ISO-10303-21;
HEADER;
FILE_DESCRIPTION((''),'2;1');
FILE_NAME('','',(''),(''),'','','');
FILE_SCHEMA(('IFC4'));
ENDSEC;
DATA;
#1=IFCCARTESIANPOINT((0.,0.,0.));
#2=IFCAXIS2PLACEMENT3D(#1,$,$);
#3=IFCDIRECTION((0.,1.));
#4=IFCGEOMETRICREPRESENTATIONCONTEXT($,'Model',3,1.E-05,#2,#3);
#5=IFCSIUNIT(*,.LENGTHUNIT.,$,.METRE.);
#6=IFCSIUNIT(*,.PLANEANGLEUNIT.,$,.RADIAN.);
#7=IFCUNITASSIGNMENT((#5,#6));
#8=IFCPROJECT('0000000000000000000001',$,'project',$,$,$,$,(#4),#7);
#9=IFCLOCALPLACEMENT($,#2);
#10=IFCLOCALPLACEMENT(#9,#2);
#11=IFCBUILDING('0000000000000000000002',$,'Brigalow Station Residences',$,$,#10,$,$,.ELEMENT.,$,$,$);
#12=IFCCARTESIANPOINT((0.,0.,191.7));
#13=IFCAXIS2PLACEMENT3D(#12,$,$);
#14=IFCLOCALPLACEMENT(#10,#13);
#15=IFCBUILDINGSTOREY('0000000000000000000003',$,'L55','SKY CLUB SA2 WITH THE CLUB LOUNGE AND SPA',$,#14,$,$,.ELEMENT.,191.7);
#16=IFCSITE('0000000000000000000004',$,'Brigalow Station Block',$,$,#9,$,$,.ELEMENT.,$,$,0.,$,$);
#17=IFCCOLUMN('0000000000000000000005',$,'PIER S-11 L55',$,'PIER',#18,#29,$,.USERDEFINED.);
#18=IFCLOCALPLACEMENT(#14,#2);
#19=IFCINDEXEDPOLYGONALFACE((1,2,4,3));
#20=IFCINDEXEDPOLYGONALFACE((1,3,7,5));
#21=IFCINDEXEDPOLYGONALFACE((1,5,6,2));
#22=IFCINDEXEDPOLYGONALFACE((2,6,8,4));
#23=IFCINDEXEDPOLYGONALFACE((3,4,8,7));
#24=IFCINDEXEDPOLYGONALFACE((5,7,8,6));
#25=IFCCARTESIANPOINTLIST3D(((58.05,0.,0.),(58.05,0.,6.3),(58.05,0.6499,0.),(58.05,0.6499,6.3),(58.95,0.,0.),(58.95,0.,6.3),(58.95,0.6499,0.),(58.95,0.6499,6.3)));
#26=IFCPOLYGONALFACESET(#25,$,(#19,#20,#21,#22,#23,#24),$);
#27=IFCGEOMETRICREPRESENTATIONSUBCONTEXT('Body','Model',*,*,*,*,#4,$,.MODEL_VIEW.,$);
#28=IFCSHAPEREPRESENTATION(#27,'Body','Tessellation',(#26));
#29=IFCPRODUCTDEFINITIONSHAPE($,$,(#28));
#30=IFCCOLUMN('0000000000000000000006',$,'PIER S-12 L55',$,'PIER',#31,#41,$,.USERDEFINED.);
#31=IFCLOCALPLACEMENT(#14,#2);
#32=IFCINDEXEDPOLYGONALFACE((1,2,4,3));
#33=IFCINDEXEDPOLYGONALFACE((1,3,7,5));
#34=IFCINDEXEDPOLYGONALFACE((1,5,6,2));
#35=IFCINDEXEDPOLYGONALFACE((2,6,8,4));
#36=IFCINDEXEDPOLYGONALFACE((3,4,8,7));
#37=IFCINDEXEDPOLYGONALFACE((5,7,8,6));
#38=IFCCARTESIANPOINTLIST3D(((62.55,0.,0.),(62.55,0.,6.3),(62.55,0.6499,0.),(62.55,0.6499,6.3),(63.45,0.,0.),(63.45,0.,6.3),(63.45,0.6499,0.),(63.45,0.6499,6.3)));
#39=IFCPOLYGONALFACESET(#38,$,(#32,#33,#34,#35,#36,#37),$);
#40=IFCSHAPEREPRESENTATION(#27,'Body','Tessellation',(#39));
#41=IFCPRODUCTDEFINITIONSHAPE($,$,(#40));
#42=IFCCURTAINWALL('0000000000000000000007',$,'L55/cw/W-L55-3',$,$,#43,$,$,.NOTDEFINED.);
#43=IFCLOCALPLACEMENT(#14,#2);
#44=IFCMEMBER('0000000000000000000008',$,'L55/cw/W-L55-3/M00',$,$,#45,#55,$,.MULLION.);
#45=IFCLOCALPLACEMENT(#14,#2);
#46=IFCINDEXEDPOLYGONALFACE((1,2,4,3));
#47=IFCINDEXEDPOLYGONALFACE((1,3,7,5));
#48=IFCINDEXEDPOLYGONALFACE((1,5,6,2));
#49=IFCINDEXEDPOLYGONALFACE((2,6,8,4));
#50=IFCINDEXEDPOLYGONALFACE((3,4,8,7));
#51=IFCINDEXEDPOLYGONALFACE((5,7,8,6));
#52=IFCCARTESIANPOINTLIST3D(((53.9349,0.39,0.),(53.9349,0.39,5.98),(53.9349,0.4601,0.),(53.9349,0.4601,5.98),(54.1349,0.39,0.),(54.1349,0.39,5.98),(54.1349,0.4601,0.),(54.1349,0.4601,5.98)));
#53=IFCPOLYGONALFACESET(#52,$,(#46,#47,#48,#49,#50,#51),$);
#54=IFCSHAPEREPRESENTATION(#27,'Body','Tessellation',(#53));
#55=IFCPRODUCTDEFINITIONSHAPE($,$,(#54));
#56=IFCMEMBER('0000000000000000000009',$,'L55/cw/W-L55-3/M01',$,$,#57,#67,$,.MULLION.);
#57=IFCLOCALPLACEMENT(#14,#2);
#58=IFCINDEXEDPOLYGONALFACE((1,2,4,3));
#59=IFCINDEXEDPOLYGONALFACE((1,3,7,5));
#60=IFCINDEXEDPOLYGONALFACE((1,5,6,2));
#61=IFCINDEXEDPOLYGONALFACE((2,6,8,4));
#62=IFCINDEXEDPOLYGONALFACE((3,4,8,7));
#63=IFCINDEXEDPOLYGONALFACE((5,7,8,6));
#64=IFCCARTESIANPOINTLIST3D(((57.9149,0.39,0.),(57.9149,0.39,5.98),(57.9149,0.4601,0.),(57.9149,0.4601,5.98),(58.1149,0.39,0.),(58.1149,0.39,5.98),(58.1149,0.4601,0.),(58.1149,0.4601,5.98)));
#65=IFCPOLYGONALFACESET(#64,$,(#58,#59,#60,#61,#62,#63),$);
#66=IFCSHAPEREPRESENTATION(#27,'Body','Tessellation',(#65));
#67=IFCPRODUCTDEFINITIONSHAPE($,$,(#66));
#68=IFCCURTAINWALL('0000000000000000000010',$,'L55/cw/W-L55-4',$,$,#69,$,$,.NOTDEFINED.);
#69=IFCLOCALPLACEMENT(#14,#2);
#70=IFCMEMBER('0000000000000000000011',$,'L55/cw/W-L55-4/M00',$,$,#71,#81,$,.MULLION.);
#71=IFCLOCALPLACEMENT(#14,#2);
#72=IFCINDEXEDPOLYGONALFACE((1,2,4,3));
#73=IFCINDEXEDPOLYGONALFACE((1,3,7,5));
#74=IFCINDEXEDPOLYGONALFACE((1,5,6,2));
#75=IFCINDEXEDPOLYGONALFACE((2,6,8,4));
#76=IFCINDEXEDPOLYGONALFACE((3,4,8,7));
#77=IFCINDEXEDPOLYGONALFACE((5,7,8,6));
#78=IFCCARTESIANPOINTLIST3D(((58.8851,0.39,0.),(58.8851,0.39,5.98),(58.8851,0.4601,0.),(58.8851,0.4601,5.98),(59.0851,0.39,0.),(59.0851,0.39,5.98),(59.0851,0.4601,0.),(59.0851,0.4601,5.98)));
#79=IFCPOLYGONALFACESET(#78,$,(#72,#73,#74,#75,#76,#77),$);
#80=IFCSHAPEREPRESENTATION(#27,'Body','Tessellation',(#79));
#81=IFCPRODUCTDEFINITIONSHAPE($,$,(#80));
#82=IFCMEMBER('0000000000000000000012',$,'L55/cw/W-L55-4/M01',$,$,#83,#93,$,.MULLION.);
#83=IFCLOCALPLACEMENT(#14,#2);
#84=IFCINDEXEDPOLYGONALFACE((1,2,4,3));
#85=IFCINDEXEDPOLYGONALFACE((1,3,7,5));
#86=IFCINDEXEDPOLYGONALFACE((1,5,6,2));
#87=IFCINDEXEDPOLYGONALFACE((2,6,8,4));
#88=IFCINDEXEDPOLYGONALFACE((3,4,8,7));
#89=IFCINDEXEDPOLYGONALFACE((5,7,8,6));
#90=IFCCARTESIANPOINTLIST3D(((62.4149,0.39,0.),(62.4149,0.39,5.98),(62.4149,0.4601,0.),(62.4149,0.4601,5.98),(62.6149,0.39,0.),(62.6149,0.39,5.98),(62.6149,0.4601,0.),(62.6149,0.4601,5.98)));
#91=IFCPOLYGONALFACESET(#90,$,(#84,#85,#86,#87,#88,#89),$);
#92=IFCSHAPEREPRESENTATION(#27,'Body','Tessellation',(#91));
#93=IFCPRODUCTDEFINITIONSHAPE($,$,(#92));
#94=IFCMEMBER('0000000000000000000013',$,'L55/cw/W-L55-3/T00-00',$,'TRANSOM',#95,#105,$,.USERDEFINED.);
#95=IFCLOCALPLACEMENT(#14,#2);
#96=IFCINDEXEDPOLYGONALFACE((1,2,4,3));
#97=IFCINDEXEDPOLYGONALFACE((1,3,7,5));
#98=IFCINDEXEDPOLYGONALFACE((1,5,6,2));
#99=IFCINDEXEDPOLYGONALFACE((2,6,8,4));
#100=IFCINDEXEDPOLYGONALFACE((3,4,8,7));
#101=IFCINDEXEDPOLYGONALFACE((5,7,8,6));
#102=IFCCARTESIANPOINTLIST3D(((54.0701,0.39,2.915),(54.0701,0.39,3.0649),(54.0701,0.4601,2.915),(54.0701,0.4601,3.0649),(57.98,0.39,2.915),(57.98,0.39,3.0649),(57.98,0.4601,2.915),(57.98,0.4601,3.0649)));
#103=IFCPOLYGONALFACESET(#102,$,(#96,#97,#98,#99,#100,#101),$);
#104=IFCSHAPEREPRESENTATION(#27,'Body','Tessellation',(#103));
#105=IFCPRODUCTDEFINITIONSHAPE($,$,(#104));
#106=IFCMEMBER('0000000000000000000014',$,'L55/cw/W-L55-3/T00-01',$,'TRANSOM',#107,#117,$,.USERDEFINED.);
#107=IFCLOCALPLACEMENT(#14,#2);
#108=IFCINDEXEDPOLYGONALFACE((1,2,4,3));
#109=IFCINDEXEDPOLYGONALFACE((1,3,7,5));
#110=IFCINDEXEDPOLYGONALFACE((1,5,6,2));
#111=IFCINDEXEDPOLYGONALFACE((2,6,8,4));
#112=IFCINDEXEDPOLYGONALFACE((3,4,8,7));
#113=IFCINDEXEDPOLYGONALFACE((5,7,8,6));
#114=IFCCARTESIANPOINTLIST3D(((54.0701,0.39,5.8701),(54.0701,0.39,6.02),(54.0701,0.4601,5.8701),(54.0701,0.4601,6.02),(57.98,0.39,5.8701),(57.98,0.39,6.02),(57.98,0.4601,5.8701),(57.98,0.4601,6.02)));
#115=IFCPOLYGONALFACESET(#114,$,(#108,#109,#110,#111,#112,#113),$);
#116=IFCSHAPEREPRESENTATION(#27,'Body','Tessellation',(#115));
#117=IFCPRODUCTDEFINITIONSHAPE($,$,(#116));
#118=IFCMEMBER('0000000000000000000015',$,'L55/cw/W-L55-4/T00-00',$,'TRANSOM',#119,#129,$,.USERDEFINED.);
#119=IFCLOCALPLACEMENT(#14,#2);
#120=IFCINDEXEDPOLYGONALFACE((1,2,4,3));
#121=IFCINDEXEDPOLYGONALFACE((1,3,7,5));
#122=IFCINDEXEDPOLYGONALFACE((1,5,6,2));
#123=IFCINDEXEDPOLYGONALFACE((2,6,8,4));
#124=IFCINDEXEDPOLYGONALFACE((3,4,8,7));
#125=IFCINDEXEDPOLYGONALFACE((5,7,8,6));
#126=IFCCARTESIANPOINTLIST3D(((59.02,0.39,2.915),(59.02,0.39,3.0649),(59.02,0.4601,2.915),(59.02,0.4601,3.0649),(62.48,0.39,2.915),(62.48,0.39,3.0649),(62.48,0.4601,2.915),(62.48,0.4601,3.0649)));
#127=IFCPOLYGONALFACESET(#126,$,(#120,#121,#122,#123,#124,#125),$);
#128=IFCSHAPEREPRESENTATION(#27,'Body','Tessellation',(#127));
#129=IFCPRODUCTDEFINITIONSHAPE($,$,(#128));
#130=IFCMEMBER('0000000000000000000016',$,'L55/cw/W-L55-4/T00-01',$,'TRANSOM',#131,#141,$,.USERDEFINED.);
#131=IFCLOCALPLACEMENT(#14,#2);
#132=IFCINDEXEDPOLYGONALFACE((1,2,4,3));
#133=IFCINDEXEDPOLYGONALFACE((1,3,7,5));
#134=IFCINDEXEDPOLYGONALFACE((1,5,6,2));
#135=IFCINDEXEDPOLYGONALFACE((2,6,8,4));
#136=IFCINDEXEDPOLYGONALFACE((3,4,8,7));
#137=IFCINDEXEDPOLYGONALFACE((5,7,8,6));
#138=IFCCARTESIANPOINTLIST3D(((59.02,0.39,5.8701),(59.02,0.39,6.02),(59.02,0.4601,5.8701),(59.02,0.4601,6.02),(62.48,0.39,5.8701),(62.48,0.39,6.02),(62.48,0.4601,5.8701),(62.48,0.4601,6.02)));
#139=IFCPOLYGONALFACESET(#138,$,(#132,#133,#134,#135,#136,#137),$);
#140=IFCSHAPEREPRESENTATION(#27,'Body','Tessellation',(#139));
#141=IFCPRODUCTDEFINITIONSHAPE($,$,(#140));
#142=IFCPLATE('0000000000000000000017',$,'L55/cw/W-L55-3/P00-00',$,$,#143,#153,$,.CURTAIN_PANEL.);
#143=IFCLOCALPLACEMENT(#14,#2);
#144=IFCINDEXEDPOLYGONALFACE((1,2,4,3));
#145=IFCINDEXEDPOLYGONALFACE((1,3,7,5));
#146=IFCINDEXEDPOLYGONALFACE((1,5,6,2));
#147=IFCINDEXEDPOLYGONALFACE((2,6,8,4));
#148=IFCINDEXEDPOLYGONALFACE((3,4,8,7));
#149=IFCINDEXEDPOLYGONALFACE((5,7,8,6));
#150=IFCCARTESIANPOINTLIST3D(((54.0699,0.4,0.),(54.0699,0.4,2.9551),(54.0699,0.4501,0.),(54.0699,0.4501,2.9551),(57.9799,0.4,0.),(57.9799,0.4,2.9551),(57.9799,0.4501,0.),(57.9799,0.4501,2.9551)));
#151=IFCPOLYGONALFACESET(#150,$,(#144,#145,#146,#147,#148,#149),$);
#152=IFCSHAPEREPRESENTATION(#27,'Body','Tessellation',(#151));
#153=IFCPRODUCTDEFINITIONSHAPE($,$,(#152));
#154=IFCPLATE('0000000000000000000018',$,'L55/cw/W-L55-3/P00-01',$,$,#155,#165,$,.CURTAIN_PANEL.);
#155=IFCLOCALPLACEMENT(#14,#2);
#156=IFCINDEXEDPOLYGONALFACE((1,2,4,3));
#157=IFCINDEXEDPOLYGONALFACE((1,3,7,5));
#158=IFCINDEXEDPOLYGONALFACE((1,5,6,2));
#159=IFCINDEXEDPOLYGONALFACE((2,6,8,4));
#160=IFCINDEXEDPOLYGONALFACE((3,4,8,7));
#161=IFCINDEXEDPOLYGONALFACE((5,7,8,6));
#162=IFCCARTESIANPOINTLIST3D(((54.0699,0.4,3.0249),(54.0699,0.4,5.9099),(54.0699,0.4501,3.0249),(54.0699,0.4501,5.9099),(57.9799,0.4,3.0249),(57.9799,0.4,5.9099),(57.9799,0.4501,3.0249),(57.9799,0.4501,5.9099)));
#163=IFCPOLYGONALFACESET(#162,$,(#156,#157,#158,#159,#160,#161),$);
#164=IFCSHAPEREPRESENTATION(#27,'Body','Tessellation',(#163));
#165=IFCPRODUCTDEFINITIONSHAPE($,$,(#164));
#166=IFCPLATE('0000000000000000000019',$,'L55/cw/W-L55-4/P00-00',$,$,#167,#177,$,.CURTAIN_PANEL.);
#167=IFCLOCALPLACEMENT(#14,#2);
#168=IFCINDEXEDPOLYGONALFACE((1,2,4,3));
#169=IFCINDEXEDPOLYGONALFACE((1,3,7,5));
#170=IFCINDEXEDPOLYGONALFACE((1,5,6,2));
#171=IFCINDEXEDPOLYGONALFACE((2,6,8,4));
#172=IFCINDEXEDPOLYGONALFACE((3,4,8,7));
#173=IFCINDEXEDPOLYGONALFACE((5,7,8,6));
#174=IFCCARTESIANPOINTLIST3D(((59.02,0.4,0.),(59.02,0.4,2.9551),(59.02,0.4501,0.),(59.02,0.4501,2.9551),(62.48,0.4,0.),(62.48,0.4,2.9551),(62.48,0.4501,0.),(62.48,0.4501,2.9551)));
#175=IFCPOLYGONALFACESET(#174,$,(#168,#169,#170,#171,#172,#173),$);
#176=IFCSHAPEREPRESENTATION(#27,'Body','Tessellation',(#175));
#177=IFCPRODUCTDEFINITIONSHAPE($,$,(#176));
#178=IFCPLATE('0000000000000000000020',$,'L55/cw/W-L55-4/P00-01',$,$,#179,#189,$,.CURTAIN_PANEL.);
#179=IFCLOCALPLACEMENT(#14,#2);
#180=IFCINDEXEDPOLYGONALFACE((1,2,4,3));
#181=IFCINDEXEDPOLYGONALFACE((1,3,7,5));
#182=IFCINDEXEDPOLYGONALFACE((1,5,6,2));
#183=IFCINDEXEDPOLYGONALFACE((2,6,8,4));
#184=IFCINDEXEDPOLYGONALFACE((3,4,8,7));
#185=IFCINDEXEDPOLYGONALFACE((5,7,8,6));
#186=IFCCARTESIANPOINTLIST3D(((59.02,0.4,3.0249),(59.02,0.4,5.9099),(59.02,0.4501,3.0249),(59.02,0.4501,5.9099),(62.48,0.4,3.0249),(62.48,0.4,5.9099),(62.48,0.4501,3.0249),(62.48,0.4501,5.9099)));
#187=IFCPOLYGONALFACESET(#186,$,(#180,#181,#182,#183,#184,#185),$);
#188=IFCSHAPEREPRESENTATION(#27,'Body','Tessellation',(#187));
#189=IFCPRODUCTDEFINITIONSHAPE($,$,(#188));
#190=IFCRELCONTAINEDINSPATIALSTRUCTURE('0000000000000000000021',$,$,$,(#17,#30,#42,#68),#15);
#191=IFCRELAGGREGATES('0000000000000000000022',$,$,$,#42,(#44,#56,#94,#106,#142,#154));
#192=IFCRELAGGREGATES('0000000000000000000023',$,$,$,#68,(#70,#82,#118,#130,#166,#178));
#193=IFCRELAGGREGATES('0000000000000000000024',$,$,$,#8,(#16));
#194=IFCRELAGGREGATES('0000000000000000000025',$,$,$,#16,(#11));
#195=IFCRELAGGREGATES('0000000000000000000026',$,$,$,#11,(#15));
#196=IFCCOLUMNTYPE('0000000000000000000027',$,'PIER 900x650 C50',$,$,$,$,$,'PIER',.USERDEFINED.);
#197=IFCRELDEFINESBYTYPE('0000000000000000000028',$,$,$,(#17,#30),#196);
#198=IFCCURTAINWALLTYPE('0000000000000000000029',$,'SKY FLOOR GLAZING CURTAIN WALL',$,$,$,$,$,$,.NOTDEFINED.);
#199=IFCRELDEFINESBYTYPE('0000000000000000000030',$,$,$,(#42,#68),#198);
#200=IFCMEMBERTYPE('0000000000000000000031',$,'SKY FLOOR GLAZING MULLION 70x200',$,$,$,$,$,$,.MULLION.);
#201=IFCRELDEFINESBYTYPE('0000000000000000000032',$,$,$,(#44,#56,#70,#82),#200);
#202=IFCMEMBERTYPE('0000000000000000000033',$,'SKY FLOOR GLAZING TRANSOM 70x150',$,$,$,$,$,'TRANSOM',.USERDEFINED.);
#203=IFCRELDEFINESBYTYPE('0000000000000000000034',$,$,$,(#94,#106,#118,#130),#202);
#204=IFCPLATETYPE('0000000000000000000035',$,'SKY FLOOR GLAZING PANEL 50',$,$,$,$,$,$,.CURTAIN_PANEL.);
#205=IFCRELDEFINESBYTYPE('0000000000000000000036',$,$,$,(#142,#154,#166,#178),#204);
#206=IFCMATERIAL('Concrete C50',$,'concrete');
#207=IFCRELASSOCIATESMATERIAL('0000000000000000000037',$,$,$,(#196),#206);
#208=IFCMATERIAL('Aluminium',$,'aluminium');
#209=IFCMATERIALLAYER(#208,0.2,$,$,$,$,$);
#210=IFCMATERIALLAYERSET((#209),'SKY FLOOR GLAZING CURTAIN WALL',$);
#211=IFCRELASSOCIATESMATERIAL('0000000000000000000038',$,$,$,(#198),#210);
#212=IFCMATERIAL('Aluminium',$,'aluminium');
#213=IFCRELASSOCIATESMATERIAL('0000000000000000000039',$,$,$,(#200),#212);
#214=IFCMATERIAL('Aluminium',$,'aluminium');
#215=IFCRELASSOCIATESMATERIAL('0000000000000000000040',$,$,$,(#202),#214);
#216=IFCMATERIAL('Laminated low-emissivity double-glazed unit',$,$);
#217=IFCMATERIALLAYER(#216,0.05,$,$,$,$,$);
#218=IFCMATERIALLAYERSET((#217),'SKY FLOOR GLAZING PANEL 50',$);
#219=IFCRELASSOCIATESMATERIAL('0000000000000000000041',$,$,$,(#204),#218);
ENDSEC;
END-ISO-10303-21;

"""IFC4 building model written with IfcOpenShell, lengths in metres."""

from ifc_helpers import new_model, si_unit, direction, frame, origin, origin_2d, place, context, subcontext, project, spatial, rectangle, extrude, material, layer, layer_set, material_profile, profile_set, type_object, element, aggregate, save


model = new_model("IFC4")

# Units and contexts
model_context = context("Model", 3, precision=1e-05, world=origin(), true_north=direction((0.0, 1.0)))
body_context = subcontext(model_context, "Body", "Model", "MODEL_VIEW")
ifc_project = project(units=[si_unit("LENGTHUNIT", "METRE"), si_unit("PLANEANGLEUNIT", "RADIAN")], contexts=[model_context])

# Site, building, storey
site_placement = place(None, origin())
site = spatial("IfcSite", under=ifc_project, at=site_placement, Name="Brigalow Station Block", CompositionType="ELEMENT", RefElevation=0.0)
building_placement = place(site_placement, origin())
building = spatial("IfcBuilding", under=site, at=building_placement, Name="Brigalow Station Residences", CompositionType="ELEMENT")
storey_placement = place(building_placement, frame((0.0, 0.0, 191.7)))
storey = spatial("IfcBuildingStorey", under=building, at=storey_placement, Name="L55", Description="SKY CLUB SA2 WITH THE CLUB LOUNGE AND SPA", CompositionType="ELEMENT", Elevation=191.7)

# Columns
ifc_material_1 = material(Name="Concrete C50", Category="concrete")
ifc_material_profile_1 = material_profile(ifc_material_1, rectangle(XDim=0.8999, YDim=0.6499, at=origin_2d()), Name="RC900x650")
ifc_profile_set_1 = profile_set([ifc_material_profile_1], Name="Concrete C50")
column_type = type_object("IfcColumnType", Name="PIER 900x650 C50", ElementType="PIER", PredefinedType="USERDEFINED", material=ifc_profile_set_1)
for number, where, z_axis, x_axis, name in (
    (1, (58.5, 0.325, 0.0), (0.0, 0.0, 1.0), (1.0, 0.0, 0.0), "PIER S-11 L55"),
    (2, (63.0, 0.325, 0.0), (0.0, 0.0, 1.0), (1.0, 0.0, 0.0), "PIER S-12 L55"),
):
    element("IfcColumn", number, at=place(storey_placement, frame(where, z_axis=z_axis, x_axis=x_axis)), inside=storey, type_object=column_type, Name=name, ObjectType="PIER", PredefinedType="USERDEFINED", context=body_context, shape_type="SweptSolid", body=[
        extrude(rectangle(XDim=0.8999, YDim=0.6499, at=origin_2d()), origin(), (0.0, 0.0, 1.0), 6.3),
    ])

# Curtain walls, members
ifc_material_2 = material(Name="Aluminium", Category="aluminium")
ifc_layer_1 = layer(ifc_material_2, 0.2)
ifc_layer_set_1 = layer_set([ifc_layer_1], Name="SKY FLOOR GLAZING CURTAIN WALL")
curtain_wall_type = type_object("IfcCurtainWallType", Name="SKY FLOOR GLAZING CURTAIN WALL", PredefinedType="NOTDEFINED", material=ifc_layer_set_1)
curtain_wall_1_placement = place(storey_placement, origin())
curtain_wall_1 = element("IfcCurtainWall", 3, at=curtain_wall_1_placement, inside=storey, type_object=curtain_wall_type, Name="L55/cw/W-L55-3", PredefinedType="NOTDEFINED")
ifc_material_3 = material(Name="Aluminium", Category="aluminium")
ifc_material_profile_2 = material_profile(ifc_material_3, rectangle(XDim=0.0701, YDim=0.2, at=origin_2d()), Name="SKY FLOOR GLAZING MULLION 70x200")
ifc_profile_set_2 = profile_set([ifc_material_profile_2], Name="Aluminium")
member_type_1 = type_object("IfcMemberType", Name="SKY FLOOR GLAZING MULLION 70x200", PredefinedType="MULLION", material=ifc_profile_set_2)
member_1_placement = place(storey_placement, frame((54.0349, 0.425, 0.0), z_axis=(0.0, 0.0, 1.0), x_axis=(0.0, 1.0, 0.0)))
member_1 = element("IfcMember", 4, at=member_1_placement, type_object=member_type_1, Name="L55/cw/W-L55-3/M00", PredefinedType="MULLION", context=body_context, shape_type="SweptSolid", body=[
    extrude(rectangle(XDim=0.0701, YDim=0.2, at=origin_2d()), origin(), (0.0, 0.0, 1.0), 5.98),
])
member_2_placement = place(storey_placement, frame((58.0149, 0.425, 0.0), z_axis=(0.0, 0.0, 1.0), x_axis=(0.0, 1.0, 0.0)))
member_2 = element("IfcMember", 5, at=member_2_placement, type_object=member_type_1, Name="L55/cw/W-L55-3/M01", PredefinedType="MULLION", context=body_context, shape_type="SweptSolid", body=[
    extrude(rectangle(XDim=0.0701, YDim=0.2, at=origin_2d()), origin(), (0.0, 0.0, 1.0), 5.98),
])
curtain_wall_2_placement = place(storey_placement, origin())
curtain_wall_2 = element("IfcCurtainWall", 6, at=curtain_wall_2_placement, inside=storey, type_object=curtain_wall_type, Name="L55/cw/W-L55-4", PredefinedType="NOTDEFINED")
member_3_placement = place(storey_placement, frame((58.9851, 0.425, 0.0), z_axis=(0.0, 0.0, 1.0), x_axis=(0.0, 1.0, 0.0)))
member_3 = element("IfcMember", 7, at=member_3_placement, type_object=member_type_1, Name="L55/cw/W-L55-4/M00", PredefinedType="MULLION", context=body_context, shape_type="SweptSolid", body=[
    extrude(rectangle(XDim=0.0701, YDim=0.2, at=origin_2d()), origin(), (0.0, 0.0, 1.0), 5.98),
])
member_4_placement = place(storey_placement, frame((62.5149, 0.425, 0.0), z_axis=(0.0, 0.0, 1.0), x_axis=(0.0, 1.0, 0.0)))
member_4 = element("IfcMember", 8, at=member_4_placement, type_object=member_type_1, Name="L55/cw/W-L55-4/M01", PredefinedType="MULLION", context=body_context, shape_type="SweptSolid", body=[
    extrude(rectangle(XDim=0.0701, YDim=0.2, at=origin_2d()), origin(), (0.0, 0.0, 1.0), 5.98),
])

# Members
ifc_material_4 = material(Name="Aluminium", Category="aluminium")
ifc_material_profile_3 = material_profile(ifc_material_4, rectangle(XDim=0.0701, YDim=0.1499, at=origin_2d()), Name="SKY FLOOR GLAZING TRANSOM 70x150")
ifc_profile_set_3 = profile_set([ifc_material_profile_3], Name="Aluminium")
member_type_2 = type_object("IfcMemberType", Name="SKY FLOOR GLAZING TRANSOM 70x150", ElementType="TRANSOM", PredefinedType="USERDEFINED", material=ifc_profile_set_3)
member_5_placement = place(storey_placement, frame((54.0701, 0.425, 2.99), z_axis=(1.0, 0.0, 0.0), x_axis=(0.0, 1.0, 0.0)))
member_5 = element("IfcMember", 9, at=member_5_placement, type_object=member_type_2, Name="L55/cw/W-L55-3/T00-00", ObjectType="TRANSOM", PredefinedType="USERDEFINED", context=body_context, shape_type="SweptSolid", body=[
    extrude(rectangle(XDim=0.0701, YDim=0.1499, at=origin_2d()), origin(), (0.0, 0.0, 1.0), 3.9099),
])
member_6_placement = place(storey_placement, frame((54.0701, 0.425, 5.9451), z_axis=(1.0, 0.0, 0.0), x_axis=(0.0, 1.0, 0.0)))
member_6 = element("IfcMember", 10, at=member_6_placement, type_object=member_type_2, Name="L55/cw/W-L55-3/T00-01", ObjectType="TRANSOM", PredefinedType="USERDEFINED", context=body_context, shape_type="SweptSolid", body=[
    extrude(rectangle(XDim=0.0701, YDim=0.1499, at=origin_2d()), origin(), (0.0, 0.0, 1.0), 3.9099),
])
member_7_placement = place(storey_placement, frame((59.02, 0.425, 2.99), z_axis=(1.0, 0.0, 0.0), x_axis=(0.0, 1.0, 0.0)))
member_7 = element("IfcMember", 11, at=member_7_placement, type_object=member_type_2, Name="L55/cw/W-L55-4/T00-00", ObjectType="TRANSOM", PredefinedType="USERDEFINED", context=body_context, shape_type="SweptSolid", body=[
    extrude(rectangle(XDim=0.0701, YDim=0.1499, at=origin_2d()), origin(), (0.0, 0.0, 1.0), 3.46),
])
member_8_placement = place(storey_placement, frame((59.02, 0.425, 5.9451), z_axis=(1.0, 0.0, 0.0), x_axis=(0.0, 1.0, 0.0)))
member_8 = element("IfcMember", 12, at=member_8_placement, type_object=member_type_2, Name="L55/cw/W-L55-4/T00-01", ObjectType="TRANSOM", PredefinedType="USERDEFINED", context=body_context, shape_type="SweptSolid", body=[
    extrude(rectangle(XDim=0.0701, YDim=0.1499, at=origin_2d()), origin(), (0.0, 0.0, 1.0), 3.46),
])

# Plates
ifc_material_5 = material(Name="Laminated low-emissivity double-glazed unit")
ifc_layer_2 = layer(ifc_material_5, 0.05)
ifc_layer_set_2 = layer_set([ifc_layer_2], Name="SKY FLOOR GLAZING PANEL 50")
plate_type = type_object("IfcPlateType", Name="SKY FLOOR GLAZING PANEL 50", PredefinedType="CURTAIN_PANEL", material=ifc_layer_set_2)
plate_1_placement = place(storey_placement, frame((56.0249, 0.425, 0.0), z_axis=(0.0, 0.0, 1.0), x_axis=(1.0, 0.0, 0.0)))
plate_1 = element("IfcPlate", 13, at=plate_1_placement, type_object=plate_type, Name="L55/cw/W-L55-3/P00-00", PredefinedType="CURTAIN_PANEL", context=body_context, shape_type="SweptSolid", body=[
    extrude(rectangle(XDim=3.9099, YDim=0.05, at=origin_2d()), origin(), (0.0, 0.0, 1.0), 2.9551),
])
plate_2_placement = place(storey_placement, frame((56.0249, 0.425, 3.0249), z_axis=(0.0, 0.0, 1.0), x_axis=(1.0, 0.0, 0.0)))
plate_2 = element("IfcPlate", 14, at=plate_2_placement, type_object=plate_type, Name="L55/cw/W-L55-3/P00-01", PredefinedType="CURTAIN_PANEL", context=body_context, shape_type="SweptSolid", body=[
    extrude(rectangle(XDim=3.9099, YDim=0.05, at=origin_2d()), origin(), (0.0, 0.0, 1.0), 2.885),
])
aggregate(curtain_wall_1, [member_1, member_2, member_5, member_6, plate_1, plate_2])
plate_3_placement = place(storey_placement, frame((60.75, 0.425, 0.0), z_axis=(0.0, 0.0, 1.0), x_axis=(1.0, 0.0, 0.0)))
plate_3 = element("IfcPlate", 15, at=plate_3_placement, type_object=plate_type, Name="L55/cw/W-L55-4/P00-00", PredefinedType="CURTAIN_PANEL", context=body_context, shape_type="SweptSolid", body=[
    extrude(rectangle(XDim=3.46, YDim=0.05, at=origin_2d()), origin(), (0.0, 0.0, 1.0), 2.9551),
])
plate_4_placement = place(storey_placement, frame((60.75, 0.425, 3.0249), z_axis=(0.0, 0.0, 1.0), x_axis=(1.0, 0.0, 0.0)))
plate_4 = element("IfcPlate", 16, at=plate_4_placement, type_object=plate_type, Name="L55/cw/W-L55-4/P00-01", PredefinedType="CURTAIN_PANEL", context=body_context, shape_type="SweptSolid", body=[
    extrude(rectangle(XDim=3.46, YDim=0.05, at=origin_2d()), origin(), (0.0, 0.0, 1.0), 2.885),
])
aggregate(curtain_wall_2, [member_3, member_4, member_7, member_8, plate_3, plate_4])

save(model, "model.ifc")
